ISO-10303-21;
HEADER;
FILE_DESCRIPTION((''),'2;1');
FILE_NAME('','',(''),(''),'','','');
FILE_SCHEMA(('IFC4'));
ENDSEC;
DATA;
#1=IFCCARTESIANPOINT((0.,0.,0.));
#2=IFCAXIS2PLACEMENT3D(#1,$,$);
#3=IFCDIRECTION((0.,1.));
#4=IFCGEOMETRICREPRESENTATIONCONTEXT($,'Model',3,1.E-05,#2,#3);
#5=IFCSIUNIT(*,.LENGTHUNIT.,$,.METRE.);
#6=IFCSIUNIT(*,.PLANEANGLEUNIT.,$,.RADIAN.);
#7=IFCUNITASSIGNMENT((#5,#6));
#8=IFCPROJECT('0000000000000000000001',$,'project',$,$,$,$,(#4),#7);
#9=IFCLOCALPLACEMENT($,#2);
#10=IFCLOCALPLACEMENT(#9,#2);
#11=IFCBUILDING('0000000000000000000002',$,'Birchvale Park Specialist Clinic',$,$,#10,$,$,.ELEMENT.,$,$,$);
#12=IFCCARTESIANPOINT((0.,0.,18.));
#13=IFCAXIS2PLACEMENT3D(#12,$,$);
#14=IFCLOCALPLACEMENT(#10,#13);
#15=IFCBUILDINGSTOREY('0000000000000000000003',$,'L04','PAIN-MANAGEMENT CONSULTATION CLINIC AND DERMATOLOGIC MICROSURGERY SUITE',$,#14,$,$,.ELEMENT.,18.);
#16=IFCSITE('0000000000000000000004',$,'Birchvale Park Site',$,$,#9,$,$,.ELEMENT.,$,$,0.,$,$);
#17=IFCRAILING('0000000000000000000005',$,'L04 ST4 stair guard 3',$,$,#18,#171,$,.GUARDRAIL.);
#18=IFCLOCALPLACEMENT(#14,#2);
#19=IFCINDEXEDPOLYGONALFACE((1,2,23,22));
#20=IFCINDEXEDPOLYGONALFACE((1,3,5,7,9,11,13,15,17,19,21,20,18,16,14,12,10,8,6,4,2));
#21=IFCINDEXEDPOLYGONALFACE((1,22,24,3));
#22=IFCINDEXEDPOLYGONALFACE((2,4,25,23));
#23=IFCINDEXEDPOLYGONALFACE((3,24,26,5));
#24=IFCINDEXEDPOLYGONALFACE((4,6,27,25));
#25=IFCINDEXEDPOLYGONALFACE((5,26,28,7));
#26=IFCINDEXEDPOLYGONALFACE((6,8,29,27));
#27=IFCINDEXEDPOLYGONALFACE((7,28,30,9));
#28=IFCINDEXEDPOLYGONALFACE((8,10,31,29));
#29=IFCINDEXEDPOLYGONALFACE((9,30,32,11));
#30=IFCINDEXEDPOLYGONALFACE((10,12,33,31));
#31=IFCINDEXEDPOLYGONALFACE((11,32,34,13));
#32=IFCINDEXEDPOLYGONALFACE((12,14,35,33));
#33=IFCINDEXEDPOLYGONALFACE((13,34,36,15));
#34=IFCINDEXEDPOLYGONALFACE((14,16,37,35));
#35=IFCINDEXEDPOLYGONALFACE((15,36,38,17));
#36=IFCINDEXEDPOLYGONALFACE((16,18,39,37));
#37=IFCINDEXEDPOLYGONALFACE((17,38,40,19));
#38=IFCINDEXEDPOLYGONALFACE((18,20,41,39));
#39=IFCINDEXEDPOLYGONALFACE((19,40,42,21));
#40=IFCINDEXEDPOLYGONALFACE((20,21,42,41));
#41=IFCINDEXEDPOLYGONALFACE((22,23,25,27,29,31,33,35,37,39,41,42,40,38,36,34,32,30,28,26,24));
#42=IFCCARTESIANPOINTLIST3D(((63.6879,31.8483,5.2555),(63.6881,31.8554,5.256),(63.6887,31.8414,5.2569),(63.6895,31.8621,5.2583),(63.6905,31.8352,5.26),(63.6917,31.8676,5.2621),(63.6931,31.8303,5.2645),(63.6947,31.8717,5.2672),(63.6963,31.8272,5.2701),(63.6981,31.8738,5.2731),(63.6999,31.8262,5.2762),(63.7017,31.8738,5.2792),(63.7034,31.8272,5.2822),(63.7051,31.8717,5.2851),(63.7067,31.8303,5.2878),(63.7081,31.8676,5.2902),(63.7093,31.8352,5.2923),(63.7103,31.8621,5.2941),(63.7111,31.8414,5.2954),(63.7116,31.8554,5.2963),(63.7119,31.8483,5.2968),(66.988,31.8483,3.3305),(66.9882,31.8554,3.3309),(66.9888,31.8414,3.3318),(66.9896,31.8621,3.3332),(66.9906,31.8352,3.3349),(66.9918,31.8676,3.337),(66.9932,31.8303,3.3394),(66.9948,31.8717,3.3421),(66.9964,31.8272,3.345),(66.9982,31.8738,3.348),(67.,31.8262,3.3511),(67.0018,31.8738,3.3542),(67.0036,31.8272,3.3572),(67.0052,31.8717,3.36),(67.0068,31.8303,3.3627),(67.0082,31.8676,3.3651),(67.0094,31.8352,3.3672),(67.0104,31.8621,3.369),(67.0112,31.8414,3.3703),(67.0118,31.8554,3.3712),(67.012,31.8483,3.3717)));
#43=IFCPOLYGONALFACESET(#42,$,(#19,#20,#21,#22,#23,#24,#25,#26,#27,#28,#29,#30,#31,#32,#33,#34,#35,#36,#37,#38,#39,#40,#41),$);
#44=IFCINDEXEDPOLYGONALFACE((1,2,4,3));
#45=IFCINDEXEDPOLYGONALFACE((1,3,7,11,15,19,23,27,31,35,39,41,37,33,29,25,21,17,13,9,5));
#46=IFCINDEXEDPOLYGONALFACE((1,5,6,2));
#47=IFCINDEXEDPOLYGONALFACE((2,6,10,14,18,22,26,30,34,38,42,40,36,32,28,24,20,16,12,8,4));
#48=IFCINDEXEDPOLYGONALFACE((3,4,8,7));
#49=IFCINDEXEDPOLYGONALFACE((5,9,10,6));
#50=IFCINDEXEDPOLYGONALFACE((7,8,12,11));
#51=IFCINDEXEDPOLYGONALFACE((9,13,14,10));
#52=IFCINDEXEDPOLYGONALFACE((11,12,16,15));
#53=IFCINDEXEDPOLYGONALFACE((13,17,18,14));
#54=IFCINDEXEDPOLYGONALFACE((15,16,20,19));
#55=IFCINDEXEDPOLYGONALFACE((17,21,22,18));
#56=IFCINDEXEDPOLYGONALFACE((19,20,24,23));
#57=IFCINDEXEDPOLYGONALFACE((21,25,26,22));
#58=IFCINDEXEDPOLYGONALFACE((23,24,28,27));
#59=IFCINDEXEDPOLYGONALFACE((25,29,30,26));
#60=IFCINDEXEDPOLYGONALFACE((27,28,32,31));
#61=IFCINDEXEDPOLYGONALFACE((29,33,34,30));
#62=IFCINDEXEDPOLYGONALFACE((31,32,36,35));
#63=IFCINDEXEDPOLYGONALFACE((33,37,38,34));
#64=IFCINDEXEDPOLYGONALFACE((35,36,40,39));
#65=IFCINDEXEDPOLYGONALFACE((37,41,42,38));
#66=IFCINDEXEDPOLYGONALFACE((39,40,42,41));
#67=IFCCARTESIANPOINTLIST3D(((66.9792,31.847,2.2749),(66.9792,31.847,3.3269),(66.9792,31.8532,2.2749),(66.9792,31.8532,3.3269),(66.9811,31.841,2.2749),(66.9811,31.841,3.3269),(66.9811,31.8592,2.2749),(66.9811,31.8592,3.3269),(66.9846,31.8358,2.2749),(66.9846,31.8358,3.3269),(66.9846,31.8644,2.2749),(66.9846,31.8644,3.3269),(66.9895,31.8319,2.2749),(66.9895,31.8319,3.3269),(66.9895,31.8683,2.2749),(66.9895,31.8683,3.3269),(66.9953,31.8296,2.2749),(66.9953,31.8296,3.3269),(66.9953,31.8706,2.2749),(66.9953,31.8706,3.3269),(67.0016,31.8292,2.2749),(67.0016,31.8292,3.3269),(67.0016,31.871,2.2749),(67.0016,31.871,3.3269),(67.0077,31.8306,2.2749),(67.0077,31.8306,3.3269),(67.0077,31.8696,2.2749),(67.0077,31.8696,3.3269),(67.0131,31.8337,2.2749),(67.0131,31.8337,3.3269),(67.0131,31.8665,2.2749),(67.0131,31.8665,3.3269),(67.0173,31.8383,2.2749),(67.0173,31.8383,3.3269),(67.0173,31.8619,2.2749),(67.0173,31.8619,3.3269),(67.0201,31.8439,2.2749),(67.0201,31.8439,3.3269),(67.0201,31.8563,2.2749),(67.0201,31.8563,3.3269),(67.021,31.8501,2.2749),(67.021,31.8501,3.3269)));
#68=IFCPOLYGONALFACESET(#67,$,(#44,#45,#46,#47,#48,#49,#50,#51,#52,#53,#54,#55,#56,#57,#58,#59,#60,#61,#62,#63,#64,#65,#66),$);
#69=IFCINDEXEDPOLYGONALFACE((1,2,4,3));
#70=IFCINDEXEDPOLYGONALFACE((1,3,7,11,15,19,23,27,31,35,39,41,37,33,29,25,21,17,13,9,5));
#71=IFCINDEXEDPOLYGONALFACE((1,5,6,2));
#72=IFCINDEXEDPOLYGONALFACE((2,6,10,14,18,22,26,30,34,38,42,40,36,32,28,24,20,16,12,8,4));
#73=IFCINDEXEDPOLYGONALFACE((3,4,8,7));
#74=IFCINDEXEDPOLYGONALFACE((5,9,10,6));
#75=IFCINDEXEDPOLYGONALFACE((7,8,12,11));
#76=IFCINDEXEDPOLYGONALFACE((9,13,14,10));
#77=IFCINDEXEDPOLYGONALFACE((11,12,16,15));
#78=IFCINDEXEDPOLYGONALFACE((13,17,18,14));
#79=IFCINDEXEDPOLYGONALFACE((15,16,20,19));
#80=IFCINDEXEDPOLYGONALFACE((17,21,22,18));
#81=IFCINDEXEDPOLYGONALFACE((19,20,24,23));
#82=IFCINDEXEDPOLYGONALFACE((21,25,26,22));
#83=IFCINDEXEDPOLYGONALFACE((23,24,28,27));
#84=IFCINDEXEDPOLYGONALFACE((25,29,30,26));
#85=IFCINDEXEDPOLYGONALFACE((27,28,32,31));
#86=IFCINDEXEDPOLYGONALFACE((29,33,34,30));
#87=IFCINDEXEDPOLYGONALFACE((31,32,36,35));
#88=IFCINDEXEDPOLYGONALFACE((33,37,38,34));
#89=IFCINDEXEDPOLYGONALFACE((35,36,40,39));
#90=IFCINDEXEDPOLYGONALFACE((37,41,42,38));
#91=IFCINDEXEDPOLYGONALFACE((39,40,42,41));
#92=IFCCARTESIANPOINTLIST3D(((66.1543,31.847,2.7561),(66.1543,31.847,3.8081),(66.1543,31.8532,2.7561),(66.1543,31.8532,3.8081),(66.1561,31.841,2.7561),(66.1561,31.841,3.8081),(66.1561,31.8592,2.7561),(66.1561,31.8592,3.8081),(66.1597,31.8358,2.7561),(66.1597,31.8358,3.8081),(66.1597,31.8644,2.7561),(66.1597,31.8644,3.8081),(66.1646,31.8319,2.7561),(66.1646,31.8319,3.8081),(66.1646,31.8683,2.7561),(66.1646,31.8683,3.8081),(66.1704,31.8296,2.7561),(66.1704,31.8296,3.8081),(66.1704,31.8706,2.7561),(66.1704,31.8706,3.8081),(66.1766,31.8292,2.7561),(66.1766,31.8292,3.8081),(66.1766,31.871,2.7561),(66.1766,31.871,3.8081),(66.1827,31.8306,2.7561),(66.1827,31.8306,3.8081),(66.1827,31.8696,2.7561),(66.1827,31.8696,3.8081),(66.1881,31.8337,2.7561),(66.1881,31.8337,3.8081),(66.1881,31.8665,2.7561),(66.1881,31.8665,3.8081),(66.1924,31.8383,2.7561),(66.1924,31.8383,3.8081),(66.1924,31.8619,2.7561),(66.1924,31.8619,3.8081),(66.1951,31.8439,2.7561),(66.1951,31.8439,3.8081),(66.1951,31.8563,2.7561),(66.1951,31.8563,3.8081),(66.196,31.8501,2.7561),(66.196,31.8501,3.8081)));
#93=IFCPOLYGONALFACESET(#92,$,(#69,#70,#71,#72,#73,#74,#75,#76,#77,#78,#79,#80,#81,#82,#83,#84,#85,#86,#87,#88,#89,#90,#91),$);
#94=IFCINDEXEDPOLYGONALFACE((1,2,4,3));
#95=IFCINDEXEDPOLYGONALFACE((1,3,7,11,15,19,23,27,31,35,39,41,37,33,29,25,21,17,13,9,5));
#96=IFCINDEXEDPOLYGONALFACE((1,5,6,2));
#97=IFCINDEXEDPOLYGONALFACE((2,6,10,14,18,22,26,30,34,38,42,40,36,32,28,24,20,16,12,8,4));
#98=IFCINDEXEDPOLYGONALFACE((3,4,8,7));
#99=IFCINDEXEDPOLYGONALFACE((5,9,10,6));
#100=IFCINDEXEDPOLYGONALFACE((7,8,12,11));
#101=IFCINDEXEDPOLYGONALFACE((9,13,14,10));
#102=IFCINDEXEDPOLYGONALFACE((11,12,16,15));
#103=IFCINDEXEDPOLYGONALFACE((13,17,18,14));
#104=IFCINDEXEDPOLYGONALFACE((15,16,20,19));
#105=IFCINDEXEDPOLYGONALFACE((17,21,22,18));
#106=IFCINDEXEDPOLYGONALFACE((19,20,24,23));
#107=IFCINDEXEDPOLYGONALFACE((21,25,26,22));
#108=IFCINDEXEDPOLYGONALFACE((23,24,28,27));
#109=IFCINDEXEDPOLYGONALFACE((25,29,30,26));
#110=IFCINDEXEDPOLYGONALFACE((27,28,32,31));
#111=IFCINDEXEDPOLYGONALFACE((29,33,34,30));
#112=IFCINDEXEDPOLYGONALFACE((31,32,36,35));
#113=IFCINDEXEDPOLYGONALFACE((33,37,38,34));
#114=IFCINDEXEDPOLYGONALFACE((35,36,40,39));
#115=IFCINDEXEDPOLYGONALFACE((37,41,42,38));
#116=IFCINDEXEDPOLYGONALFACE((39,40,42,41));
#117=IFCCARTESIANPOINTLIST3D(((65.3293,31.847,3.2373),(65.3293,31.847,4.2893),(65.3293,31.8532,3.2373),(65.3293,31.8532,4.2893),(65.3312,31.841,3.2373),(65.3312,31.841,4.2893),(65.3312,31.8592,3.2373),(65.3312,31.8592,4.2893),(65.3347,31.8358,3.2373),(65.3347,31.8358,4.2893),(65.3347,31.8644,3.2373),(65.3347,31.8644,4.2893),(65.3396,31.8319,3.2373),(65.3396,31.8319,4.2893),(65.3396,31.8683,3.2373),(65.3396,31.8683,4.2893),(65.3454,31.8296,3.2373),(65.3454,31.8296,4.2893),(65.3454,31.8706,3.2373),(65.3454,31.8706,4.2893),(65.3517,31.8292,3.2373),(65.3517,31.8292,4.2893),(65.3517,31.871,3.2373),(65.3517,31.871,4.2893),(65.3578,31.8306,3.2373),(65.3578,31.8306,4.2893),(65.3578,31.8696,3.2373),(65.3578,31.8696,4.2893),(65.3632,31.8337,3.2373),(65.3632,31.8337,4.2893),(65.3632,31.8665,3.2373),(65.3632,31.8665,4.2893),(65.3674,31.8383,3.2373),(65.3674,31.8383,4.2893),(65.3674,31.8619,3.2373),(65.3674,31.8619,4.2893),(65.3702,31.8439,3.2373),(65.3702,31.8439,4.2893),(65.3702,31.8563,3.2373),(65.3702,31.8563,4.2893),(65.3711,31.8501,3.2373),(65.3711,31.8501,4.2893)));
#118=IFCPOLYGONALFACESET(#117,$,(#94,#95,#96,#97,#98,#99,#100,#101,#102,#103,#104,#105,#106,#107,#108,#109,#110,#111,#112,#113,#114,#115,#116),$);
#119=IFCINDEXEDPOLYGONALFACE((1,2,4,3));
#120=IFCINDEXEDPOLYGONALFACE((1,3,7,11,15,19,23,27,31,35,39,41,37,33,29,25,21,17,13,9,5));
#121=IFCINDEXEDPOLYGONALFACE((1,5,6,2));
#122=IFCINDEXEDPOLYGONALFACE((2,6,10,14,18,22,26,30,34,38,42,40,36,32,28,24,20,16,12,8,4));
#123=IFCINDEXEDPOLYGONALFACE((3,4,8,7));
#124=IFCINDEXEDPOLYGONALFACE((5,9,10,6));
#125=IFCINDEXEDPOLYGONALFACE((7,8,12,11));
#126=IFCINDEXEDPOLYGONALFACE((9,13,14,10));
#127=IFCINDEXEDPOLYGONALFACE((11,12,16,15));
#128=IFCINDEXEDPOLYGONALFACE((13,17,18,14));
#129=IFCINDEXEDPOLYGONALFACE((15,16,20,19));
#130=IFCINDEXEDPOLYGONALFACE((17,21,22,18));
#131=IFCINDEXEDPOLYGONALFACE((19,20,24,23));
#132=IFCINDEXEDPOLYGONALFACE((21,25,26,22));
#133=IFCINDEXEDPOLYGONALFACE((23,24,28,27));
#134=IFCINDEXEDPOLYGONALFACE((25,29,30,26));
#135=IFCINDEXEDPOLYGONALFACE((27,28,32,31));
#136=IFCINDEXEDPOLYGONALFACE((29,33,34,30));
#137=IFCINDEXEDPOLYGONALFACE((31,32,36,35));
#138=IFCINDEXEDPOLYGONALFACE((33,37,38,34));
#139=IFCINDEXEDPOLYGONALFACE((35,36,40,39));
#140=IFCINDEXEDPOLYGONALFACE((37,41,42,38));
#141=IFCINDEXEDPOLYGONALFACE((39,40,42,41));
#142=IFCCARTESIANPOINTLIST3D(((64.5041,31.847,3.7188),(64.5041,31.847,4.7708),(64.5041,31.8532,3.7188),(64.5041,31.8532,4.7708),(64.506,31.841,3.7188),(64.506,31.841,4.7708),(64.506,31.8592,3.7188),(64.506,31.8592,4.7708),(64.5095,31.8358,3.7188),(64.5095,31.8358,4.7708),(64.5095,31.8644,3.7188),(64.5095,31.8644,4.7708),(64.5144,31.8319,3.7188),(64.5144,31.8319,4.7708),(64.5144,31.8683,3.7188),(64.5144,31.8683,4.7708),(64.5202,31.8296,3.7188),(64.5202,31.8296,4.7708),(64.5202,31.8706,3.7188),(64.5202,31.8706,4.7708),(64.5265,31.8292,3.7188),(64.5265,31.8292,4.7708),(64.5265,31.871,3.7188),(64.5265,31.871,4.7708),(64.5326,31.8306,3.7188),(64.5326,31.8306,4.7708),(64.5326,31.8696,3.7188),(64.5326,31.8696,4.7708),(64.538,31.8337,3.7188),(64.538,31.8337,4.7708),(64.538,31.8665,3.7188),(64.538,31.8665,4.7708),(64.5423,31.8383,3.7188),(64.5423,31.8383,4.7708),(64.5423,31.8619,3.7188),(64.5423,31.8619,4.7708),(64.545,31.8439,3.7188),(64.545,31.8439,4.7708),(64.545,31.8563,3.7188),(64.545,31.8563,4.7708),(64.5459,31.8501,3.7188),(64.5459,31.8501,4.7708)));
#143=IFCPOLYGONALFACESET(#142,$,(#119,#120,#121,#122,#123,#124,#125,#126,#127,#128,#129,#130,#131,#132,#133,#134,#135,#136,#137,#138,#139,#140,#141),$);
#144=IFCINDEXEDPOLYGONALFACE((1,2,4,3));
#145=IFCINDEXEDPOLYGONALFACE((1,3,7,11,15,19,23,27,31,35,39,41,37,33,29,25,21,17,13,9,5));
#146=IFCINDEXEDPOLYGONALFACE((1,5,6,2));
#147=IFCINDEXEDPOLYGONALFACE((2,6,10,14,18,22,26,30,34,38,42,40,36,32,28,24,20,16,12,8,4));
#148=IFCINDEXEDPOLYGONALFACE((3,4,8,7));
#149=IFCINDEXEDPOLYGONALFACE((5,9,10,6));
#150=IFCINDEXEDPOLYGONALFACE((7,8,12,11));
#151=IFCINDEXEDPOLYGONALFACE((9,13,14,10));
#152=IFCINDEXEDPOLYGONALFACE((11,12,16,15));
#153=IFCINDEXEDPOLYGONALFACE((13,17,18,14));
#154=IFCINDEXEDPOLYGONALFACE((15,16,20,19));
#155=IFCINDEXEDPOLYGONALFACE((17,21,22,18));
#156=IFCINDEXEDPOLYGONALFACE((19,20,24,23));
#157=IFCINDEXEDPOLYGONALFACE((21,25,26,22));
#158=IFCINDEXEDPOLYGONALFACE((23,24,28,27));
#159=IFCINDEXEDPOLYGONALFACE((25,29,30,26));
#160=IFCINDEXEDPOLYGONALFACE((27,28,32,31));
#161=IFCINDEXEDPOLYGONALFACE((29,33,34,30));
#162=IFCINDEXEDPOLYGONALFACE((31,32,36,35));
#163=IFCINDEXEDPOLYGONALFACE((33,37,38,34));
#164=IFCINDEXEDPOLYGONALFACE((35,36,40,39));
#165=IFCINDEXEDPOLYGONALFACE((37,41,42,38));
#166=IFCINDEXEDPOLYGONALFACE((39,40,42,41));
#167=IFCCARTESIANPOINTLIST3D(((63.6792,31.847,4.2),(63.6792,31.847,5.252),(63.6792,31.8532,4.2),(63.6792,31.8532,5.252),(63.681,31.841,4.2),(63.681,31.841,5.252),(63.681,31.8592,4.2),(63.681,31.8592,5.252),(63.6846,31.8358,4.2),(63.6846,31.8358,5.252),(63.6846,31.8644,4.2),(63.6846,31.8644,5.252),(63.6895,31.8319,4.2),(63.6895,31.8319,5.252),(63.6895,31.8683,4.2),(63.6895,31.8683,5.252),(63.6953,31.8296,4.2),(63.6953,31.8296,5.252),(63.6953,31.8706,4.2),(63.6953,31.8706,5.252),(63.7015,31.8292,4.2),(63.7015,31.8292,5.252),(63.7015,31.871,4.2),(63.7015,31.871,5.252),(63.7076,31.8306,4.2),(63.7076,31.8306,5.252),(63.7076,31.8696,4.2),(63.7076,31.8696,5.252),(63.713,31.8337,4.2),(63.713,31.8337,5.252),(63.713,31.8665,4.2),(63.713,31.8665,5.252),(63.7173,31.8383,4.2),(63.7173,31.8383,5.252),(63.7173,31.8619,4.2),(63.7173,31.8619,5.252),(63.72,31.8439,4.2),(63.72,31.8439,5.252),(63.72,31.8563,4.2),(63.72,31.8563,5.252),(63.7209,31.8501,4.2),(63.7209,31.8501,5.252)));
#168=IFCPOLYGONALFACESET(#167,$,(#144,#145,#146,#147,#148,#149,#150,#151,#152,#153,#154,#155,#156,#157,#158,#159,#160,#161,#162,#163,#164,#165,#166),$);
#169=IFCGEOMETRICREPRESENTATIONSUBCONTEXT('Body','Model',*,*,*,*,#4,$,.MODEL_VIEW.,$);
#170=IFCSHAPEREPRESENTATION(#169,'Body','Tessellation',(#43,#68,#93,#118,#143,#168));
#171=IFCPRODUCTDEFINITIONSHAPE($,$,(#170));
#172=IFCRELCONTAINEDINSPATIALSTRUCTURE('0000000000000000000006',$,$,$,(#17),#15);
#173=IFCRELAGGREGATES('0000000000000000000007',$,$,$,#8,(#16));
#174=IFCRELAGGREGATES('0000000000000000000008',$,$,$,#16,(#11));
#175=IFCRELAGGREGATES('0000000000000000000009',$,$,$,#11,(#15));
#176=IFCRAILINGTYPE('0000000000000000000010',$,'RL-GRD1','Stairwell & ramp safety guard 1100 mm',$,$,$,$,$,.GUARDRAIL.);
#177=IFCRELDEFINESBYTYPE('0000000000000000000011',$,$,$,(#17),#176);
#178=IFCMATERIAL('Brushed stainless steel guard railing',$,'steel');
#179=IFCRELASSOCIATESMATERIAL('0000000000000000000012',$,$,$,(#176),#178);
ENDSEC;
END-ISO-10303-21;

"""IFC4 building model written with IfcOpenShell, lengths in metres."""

from ifc_helpers import new_model, si_unit, direction, frame, origin, origin_2d, place, context, subcontext, project, spatial, circle, extrude, material, type_object, element, save


model = new_model("IFC4")

# Units and contexts
model_context = context("Model", 3, precision=1e-05, world=origin(), true_north=direction((0.0, 1.0)))
body_context = subcontext(model_context, "Body", "Model", "MODEL_VIEW")
ifc_project = project(units=[si_unit("LENGTHUNIT", "METRE"), si_unit("PLANEANGLEUNIT", "RADIAN")], contexts=[model_context])

# Site, building, storey
site_placement = place(None, origin())
site = spatial("IfcSite", under=ifc_project, at=site_placement, Name="Birchvale Park Site", CompositionType="ELEMENT", RefElevation=0.0)
building_placement = place(site_placement, origin())
building = spatial("IfcBuilding", under=site, at=building_placement, Name="Birchvale Park Specialist Clinic", CompositionType="ELEMENT")
storey_placement = place(building_placement, frame((0.0, 0.0, 18.0)))
storey = spatial("IfcBuildingStorey", under=building, at=storey_placement, Name="L04", Description="PAIN-MANAGEMENT CONSULTATION CLINIC AND DERMATOLOGIC MICROSURGERY SUITE", CompositionType="ELEMENT", Elevation=18.0)

# Railing
ifc_material_1 = material(Name="Brushed stainless steel guard railing", Category="steel")
railing_type_1 = type_object("IfcRailingType", Name="RL-GRD1", Description="Stairwell & ramp safety guard 1100 mm", PredefinedType="GUARDRAIL", material=ifc_material_1)
railing_1_placement = place(storey_placement, frame((67.0, 31.8501, 2.2749)))
element("IfcRailing", 1, at=railing_1_placement, inside=storey, type_object=railing_type_1, Name="L04 ST4 stair guard 3", PredefinedType="GUARDRAIL", context=body_context, shape_type="SweptSolid", body=[
    extrude(circle(Radius=0.0239, at=origin_2d()), frame((0.0, 0.0, 1.0762), z_axis=(-0.863777, 0.0, 0.503875), x_axis=(0.0, -1.0, 0.0)), (0.0, 0.0, 1.0), 3.8206),
    extrude(circle(Radius=0.021, at=origin_2d()), origin(), (0.0, 0.0, 1.0), 1.052),
    extrude(circle(Radius=0.021, at=origin_2d()), frame((-0.825, 0.0, 0.4812)), (0.0, 0.0, 1.0), 1.052),
    extrude(circle(Radius=0.021, at=origin_2d()), frame((-1.6499, 0.0, 0.9624)), (0.0, 0.0, 1.0), 1.052),
    extrude(circle(Radius=0.021, at=origin_2d()), frame((-2.4751, 0.0, 1.4438)), (0.0, 0.0, 1.0), 1.052),
    extrude(circle(Radius=0.021, at=origin_2d()), frame((-3.3, 0.0, 1.925)), (0.0, 0.0, 1.0), 1.052),
])

save(model, "model.ifc")
